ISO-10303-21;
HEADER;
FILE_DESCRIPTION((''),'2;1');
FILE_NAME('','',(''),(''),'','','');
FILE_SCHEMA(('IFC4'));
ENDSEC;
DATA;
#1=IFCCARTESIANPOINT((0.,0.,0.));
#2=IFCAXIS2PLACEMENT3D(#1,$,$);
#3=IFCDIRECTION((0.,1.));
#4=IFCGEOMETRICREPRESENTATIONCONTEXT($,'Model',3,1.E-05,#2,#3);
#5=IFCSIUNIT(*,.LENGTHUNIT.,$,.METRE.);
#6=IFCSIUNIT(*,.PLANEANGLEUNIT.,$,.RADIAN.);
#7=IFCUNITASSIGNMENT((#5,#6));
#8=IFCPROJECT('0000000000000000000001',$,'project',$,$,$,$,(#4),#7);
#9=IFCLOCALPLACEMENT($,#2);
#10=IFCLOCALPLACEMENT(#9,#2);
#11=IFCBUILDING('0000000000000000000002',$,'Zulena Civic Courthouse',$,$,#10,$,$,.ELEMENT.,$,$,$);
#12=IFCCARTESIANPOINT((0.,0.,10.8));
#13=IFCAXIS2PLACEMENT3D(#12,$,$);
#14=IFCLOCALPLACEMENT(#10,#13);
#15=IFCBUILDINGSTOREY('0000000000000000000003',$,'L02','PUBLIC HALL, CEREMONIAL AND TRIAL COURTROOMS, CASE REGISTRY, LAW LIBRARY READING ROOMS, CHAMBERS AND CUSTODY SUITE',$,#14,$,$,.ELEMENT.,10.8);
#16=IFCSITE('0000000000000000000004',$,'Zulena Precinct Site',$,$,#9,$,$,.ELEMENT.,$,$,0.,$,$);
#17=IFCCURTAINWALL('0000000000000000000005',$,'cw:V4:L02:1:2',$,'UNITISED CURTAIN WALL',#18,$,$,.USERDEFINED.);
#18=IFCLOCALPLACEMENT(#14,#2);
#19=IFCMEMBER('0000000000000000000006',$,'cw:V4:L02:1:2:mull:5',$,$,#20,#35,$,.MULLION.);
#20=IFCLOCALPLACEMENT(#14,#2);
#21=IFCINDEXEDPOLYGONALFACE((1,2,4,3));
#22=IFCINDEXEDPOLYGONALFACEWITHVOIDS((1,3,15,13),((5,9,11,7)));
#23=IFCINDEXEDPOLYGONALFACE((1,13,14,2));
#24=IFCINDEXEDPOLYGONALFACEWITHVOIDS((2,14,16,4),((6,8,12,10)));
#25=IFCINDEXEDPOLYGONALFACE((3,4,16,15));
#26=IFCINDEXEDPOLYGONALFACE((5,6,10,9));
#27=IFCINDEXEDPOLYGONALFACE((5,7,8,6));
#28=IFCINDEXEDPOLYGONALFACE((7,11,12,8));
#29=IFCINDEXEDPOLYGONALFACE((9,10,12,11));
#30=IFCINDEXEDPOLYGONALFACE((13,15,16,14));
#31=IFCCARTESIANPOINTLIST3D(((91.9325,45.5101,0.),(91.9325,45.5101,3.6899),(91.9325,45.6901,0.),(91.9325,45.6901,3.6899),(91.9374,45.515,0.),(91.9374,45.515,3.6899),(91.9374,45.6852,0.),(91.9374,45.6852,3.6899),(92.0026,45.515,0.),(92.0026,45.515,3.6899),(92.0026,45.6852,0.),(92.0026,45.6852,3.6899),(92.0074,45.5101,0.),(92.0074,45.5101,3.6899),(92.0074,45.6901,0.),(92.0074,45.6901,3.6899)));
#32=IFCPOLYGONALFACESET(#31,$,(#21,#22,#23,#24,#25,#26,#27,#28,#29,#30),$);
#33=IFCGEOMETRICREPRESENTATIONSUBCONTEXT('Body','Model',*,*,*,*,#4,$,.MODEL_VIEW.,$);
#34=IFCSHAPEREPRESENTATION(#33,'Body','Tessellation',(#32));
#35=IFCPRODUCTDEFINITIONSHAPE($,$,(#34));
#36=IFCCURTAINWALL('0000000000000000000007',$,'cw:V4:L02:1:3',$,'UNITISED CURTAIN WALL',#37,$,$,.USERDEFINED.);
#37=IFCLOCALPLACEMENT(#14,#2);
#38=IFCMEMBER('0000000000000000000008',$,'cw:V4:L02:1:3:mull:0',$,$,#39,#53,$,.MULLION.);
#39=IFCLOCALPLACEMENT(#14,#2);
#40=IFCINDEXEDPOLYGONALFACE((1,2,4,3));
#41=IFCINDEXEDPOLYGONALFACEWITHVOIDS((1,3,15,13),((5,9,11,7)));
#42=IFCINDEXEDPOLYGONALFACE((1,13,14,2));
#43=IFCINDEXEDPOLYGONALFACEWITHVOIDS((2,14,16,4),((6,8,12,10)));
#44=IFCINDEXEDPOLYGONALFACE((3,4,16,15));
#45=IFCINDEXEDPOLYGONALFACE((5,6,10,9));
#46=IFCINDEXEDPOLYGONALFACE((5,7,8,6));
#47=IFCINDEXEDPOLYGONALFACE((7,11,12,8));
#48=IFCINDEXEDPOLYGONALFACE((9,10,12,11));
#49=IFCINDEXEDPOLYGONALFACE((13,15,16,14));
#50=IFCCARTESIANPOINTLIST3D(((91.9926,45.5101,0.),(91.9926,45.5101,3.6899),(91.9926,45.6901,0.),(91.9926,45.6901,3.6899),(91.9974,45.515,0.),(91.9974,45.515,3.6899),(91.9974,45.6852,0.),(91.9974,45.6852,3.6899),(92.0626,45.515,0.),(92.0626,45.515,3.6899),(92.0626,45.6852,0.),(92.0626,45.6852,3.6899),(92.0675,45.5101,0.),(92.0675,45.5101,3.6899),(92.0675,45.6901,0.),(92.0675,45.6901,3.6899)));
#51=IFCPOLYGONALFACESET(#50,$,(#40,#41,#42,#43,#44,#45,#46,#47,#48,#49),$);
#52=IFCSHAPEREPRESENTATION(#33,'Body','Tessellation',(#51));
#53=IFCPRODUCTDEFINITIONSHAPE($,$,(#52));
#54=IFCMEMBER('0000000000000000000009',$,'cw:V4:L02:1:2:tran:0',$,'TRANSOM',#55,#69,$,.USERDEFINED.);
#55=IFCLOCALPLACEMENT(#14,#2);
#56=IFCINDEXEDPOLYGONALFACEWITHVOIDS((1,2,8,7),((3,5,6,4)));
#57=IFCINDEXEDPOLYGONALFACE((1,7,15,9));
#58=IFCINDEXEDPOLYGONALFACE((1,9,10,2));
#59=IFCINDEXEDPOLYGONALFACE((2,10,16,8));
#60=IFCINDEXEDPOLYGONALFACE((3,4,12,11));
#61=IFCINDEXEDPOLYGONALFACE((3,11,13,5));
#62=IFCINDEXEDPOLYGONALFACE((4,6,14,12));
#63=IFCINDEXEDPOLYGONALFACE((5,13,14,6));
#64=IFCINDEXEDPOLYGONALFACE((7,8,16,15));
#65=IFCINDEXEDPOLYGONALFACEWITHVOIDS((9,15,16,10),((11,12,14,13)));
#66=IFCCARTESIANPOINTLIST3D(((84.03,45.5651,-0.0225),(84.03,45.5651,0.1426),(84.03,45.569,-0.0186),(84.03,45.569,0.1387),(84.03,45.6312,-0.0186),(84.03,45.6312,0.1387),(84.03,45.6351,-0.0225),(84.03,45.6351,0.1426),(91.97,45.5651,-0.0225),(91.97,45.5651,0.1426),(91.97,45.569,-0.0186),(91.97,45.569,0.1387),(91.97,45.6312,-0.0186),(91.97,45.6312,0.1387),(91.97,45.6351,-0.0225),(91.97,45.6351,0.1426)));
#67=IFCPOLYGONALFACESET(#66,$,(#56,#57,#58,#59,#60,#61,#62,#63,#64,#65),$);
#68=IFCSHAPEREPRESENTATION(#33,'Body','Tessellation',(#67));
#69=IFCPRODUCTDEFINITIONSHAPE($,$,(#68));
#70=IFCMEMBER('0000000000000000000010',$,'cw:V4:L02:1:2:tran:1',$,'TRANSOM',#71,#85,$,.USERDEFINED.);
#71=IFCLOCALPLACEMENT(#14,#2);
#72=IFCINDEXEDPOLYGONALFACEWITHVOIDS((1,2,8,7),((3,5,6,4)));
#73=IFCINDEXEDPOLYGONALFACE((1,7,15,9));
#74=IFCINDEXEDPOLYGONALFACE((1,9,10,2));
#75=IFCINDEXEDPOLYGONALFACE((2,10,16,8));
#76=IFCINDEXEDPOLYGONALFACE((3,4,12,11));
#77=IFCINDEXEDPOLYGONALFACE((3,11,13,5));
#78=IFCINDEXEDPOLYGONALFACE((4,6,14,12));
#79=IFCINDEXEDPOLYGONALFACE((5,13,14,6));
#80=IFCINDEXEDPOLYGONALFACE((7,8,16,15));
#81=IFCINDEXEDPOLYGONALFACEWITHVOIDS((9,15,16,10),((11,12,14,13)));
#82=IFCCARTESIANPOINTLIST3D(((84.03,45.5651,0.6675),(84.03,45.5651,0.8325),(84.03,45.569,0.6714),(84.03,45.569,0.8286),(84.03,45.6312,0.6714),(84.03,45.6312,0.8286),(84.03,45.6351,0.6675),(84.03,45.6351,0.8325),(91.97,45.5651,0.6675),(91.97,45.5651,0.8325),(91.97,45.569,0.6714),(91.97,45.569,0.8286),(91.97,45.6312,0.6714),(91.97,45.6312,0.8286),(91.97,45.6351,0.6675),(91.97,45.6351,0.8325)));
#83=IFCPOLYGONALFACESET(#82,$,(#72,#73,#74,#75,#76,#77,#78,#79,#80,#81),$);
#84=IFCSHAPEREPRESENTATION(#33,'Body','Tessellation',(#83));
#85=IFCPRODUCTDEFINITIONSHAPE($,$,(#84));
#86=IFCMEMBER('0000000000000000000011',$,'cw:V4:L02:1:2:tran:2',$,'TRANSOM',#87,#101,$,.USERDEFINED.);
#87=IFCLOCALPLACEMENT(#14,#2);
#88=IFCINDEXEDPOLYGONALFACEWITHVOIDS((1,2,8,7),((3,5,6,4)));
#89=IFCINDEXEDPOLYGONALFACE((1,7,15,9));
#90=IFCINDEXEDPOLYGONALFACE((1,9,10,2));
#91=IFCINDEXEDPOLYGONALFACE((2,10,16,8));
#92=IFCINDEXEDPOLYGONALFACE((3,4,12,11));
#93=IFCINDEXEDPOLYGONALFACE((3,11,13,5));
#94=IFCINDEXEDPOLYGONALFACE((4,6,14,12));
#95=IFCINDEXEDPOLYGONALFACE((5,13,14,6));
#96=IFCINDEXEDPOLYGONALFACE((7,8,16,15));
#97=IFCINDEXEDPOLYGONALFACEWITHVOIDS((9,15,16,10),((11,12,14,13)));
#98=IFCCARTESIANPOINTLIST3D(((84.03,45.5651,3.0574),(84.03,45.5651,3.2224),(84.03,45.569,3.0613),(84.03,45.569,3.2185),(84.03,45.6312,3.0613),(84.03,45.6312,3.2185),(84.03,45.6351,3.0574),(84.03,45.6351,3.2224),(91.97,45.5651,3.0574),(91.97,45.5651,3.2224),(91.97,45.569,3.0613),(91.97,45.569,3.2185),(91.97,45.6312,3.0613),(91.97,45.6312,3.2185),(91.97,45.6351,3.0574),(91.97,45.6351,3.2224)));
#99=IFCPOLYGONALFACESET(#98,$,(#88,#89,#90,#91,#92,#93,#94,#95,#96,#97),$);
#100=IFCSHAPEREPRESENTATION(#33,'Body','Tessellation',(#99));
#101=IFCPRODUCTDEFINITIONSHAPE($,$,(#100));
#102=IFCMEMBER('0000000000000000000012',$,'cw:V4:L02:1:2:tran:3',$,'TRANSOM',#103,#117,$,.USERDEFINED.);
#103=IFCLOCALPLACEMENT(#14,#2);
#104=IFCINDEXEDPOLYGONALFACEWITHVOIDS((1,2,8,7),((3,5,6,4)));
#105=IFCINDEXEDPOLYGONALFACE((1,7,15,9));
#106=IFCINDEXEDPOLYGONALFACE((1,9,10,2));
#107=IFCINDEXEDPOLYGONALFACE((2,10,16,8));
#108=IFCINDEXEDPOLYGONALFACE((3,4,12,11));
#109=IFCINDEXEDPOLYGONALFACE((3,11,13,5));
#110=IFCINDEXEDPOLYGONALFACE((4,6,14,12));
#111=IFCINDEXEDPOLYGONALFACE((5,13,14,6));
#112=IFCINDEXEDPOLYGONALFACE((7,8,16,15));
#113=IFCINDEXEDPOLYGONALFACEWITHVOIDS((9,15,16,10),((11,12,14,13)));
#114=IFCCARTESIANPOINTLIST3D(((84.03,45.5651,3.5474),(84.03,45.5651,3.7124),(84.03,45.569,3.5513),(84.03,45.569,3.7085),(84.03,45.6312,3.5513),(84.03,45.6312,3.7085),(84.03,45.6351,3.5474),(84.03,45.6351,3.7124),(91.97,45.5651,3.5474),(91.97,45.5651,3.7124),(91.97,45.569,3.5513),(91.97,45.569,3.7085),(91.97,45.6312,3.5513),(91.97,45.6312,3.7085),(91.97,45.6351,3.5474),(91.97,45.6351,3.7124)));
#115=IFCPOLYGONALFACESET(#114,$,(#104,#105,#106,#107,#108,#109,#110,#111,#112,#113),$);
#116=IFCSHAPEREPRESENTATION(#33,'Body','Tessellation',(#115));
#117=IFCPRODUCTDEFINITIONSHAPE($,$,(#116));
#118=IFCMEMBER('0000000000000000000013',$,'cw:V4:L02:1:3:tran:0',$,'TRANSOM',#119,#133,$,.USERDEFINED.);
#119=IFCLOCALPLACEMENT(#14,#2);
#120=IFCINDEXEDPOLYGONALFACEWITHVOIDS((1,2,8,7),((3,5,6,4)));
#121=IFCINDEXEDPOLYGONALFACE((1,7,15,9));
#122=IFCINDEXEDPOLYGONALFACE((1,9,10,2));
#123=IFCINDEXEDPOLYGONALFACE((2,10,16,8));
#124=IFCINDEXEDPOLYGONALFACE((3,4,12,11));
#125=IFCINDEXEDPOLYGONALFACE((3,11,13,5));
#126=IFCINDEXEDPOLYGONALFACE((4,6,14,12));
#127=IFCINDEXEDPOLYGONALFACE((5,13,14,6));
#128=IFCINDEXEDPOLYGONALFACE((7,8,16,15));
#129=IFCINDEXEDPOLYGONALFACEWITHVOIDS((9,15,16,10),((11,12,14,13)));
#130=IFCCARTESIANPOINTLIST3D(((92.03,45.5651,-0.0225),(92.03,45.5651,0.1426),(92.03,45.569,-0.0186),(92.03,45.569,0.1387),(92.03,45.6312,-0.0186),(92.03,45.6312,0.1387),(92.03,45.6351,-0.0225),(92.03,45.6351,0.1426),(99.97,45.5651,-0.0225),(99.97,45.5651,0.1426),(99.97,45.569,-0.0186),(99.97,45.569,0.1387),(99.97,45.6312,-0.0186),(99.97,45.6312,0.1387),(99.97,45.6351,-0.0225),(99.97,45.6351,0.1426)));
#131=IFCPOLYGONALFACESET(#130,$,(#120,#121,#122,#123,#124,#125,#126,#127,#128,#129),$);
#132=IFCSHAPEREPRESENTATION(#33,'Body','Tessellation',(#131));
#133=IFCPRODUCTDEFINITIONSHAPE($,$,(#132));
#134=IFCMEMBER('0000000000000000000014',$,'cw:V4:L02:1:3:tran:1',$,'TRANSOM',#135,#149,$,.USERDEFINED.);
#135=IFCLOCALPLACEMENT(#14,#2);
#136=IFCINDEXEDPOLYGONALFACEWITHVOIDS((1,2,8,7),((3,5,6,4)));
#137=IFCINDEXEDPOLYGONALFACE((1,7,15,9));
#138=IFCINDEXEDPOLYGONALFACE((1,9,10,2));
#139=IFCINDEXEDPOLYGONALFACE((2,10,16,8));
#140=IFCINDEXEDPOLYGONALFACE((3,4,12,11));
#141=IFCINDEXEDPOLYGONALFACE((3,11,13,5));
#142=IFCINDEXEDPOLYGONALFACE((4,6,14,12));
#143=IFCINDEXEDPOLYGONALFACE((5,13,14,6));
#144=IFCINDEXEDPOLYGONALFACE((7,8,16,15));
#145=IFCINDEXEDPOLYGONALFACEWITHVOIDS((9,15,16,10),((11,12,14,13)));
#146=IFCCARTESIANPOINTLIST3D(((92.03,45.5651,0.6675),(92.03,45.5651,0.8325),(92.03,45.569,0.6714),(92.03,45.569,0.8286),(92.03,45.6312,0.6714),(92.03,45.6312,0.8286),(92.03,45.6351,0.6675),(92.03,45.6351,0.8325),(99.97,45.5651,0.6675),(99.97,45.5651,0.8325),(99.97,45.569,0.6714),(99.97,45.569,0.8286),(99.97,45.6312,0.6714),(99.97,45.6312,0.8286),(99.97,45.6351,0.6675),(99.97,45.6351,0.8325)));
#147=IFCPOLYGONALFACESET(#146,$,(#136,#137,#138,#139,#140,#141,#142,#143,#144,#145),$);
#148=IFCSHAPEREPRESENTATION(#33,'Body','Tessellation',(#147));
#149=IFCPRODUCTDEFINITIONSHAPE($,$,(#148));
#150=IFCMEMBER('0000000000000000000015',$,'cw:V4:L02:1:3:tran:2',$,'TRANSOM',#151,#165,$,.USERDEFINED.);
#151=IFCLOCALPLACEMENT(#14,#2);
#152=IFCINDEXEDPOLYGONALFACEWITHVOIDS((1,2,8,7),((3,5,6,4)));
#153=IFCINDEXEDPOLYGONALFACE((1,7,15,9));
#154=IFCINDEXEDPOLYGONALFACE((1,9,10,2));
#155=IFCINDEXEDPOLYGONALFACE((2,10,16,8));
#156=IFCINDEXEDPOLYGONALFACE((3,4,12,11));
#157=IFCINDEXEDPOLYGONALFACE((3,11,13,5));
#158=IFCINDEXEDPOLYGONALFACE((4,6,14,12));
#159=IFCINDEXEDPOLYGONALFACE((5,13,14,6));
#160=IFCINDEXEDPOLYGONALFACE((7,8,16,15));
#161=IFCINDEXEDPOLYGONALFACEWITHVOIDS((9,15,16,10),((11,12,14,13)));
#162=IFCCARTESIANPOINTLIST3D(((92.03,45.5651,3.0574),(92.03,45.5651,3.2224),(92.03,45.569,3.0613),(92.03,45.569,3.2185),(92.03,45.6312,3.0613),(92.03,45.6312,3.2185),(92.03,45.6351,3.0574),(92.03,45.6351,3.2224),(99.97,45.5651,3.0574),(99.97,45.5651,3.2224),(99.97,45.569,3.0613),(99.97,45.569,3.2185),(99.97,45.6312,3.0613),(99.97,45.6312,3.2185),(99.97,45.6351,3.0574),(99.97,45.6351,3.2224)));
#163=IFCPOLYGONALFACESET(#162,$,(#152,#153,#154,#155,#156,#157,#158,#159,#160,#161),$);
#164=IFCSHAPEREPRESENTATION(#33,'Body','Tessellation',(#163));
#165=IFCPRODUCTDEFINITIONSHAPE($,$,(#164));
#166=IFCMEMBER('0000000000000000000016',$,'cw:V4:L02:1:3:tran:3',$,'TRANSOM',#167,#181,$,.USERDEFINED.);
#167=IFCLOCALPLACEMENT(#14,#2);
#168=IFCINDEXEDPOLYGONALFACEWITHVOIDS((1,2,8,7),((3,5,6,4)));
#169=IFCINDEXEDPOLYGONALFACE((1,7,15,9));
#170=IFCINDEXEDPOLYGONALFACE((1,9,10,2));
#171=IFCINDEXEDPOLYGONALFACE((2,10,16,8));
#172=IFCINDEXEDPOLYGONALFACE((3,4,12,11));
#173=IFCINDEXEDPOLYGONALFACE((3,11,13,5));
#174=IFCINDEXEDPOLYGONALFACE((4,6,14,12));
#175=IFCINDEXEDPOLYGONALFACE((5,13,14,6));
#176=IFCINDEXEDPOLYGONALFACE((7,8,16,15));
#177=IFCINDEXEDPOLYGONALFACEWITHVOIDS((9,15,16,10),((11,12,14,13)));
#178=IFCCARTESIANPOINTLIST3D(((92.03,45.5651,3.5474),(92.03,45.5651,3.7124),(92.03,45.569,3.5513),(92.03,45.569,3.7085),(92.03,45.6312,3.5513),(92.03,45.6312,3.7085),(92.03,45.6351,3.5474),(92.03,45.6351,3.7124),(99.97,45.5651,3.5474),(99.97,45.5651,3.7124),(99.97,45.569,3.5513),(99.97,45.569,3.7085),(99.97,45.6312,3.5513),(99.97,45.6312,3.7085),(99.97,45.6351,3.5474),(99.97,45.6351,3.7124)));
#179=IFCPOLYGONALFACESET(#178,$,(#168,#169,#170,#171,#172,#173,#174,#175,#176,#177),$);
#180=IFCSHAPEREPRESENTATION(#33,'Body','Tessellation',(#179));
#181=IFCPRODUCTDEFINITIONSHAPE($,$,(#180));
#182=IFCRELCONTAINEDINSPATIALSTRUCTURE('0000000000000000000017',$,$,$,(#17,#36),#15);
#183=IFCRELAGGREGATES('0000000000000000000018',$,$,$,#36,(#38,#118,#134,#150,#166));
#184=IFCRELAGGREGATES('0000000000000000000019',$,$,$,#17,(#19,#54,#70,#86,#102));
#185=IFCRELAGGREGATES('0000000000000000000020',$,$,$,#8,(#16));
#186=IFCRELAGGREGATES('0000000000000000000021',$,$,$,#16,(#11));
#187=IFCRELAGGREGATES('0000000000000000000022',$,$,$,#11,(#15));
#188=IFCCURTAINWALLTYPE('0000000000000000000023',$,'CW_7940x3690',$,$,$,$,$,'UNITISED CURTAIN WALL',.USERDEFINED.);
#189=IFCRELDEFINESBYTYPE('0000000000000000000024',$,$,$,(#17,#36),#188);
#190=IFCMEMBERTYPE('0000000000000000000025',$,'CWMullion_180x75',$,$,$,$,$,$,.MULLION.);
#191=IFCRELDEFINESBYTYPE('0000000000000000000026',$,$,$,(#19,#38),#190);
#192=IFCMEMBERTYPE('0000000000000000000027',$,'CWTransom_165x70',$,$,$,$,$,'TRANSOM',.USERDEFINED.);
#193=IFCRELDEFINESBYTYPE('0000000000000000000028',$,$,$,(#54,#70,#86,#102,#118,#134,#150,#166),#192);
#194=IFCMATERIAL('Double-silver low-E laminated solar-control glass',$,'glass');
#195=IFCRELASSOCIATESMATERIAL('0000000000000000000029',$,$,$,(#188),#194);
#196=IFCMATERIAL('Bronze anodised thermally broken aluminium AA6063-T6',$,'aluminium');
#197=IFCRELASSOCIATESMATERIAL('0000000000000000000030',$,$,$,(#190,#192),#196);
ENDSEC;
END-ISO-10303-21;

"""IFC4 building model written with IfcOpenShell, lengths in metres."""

from ifc_helpers import new_model, si_unit, direction, frame, origin, origin_2d, place, context, subcontext, project, spatial, hollow_rectangle, extrude, material, material_profile, profile_set, type_object, element, aggregate, save


model = new_model("IFC4")

# Units and contexts
model_context = context("Model", 3, precision=1e-05, world=origin(), true_north=direction((0.0, 1.0)))
body_context = subcontext(model_context, "Body", "Model", "MODEL_VIEW")
ifc_project = project(units=[si_unit("LENGTHUNIT", "METRE"), si_unit("PLANEANGLEUNIT", "RADIAN")], contexts=[model_context])

# Site, building, storey
site_placement = place(None, origin())
site = spatial("IfcSite", under=ifc_project, at=site_placement, Name="Zulena Precinct Site", CompositionType="ELEMENT", RefElevation=0.0)
building_placement = place(site_placement, origin())
building = spatial("IfcBuilding", under=site, at=building_placement, Name="Zulena Civic Courthouse", CompositionType="ELEMENT")
storey_placement = place(building_placement, frame((0.0, 0.0, 10.8)))
storey = spatial("IfcBuildingStorey", under=building, at=storey_placement, Name="L02", Description="PUBLIC HALL, CEREMONIAL AND TRIAL COURTROOMS, CASE REGISTRY, LAW LIBRARY READING ROOMS, CHAMBERS AND CUSTODY SUITE", CompositionType="ELEMENT", Elevation=10.8)

# Curtain wall, member
ifc_material_1 = material(Name="Double-silver low-E laminated solar-control glass", Category="glass")
curtain_wall_type = type_object("IfcCurtainWallType", Name="CW_7940x3690", ElementType="UNITISED CURTAIN WALL", PredefinedType="USERDEFINED", material=ifc_material_1)
curtain_wall_1_placement = place(storey_placement, origin())
curtain_wall_1 = element("IfcCurtainWall", 1, at=curtain_wall_1_placement, inside=storey, type_object=curtain_wall_type, Name="cw:V4:L02:1:2", ObjectType="UNITISED CURTAIN WALL", PredefinedType="USERDEFINED")
ifc_material_2 = material(Name="Bronze anodised thermally broken aluminium AA6063-T6", Category="aluminium")
ifc_material_profile_1 = material_profile(ifc_material_2, hollow_rectangle(XDim=0.075, YDim=0.1799, WallThickness=0.0049, at=origin_2d()), Name="CWM180X75X5")
ifc_profile_set_1 = profile_set([ifc_material_profile_1], Name="Bronze anodised thermally broken aluminium AA6063-T6")
member_type_1 = type_object("IfcMemberType", Name="CWMullion_180x75", PredefinedType="MULLION", material=ifc_profile_set_1)
member_1_placement = place(storey_placement, frame((91.97, 45.6001, 0.0), z_axis=(0.0, 0.0, 1.0), x_axis=(1.0, 0.0, 0.0)))
member_1 = element("IfcMember", 2, at=member_1_placement, type_object=member_type_1, Name="cw:V4:L02:1:2:mull:5", PredefinedType="MULLION", context=body_context, shape_type="SweptSolid", body=[
    extrude(hollow_rectangle(XDim=0.075, YDim=0.1799, WallThickness=0.0049, at=origin_2d()), origin(), (0.0, 0.0, 1.0), 3.6899),
])

# Curtain wall, member
curtain_wall_2_placement = place(storey_placement, origin())
curtain_wall_2 = element("IfcCurtainWall", 3, at=curtain_wall_2_placement, inside=storey, type_object=curtain_wall_type, Name="cw:V4:L02:1:3", ObjectType="UNITISED CURTAIN WALL", PredefinedType="USERDEFINED")
member_2_placement = place(storey_placement, frame((92.03, 45.6001, 0.0), z_axis=(0.0, 0.0, 1.0), x_axis=(1.0, 0.0, 0.0)))
member_2 = element("IfcMember", 4, at=member_2_placement, type_object=member_type_1, Name="cw:V4:L02:1:3:mull:0", PredefinedType="MULLION", context=body_context, shape_type="SweptSolid", body=[
    extrude(hollow_rectangle(XDim=0.075, YDim=0.1799, WallThickness=0.0049, at=origin_2d()), origin(), (0.0, 0.0, 1.0), 3.6899),
])

# Members
ifc_material_profile_2 = material_profile(ifc_material_2, hollow_rectangle(XDim=0.0701, YDim=0.165, WallThickness=0.0039, at=origin_2d()), Name="CWT165X70X4")
ifc_profile_set_2 = profile_set([ifc_material_profile_2], Name="Bronze anodised thermally broken aluminium AA6063-T6")
member_type_2 = type_object("IfcMemberType", Name="CWTransom_165x70", ElementType="TRANSOM", PredefinedType="USERDEFINED", material=ifc_profile_set_2)
member_3_placement = place(storey_placement, frame((84.03, 45.6001, 0.0601), z_axis=(1.0, 0.0, 0.0), x_axis=(0.0, 1.0, 0.0)))
member_3 = element("IfcMember", 5, at=member_3_placement, type_object=member_type_2, Name="cw:V4:L02:1:2:tran:0", ObjectType="TRANSOM", PredefinedType="USERDEFINED", context=body_context, shape_type="SweptSolid", body=[
    extrude(hollow_rectangle(XDim=0.0701, YDim=0.165, WallThickness=0.0039, at=origin_2d()), origin(), (0.0, 0.0, 1.0), 7.9399),
])
member_4_placement = place(storey_placement, frame((84.03, 45.6001, 0.75), z_axis=(1.0, 0.0, 0.0), x_axis=(0.0, 1.0, 0.0)))
member_4 = element("IfcMember", 6, at=member_4_placement, type_object=member_type_2, Name="cw:V4:L02:1:2:tran:1", ObjectType="TRANSOM", PredefinedType="USERDEFINED", context=body_context, shape_type="SweptSolid", body=[
    extrude(hollow_rectangle(XDim=0.0701, YDim=0.165, WallThickness=0.0039, at=origin_2d()), origin(), (0.0, 0.0, 1.0), 7.9399),
])
member_5_placement = place(storey_placement, frame((84.03, 45.6001, 3.1399), z_axis=(1.0, 0.0, 0.0), x_axis=(0.0, 1.0, 0.0)))
member_5 = element("IfcMember", 7, at=member_5_placement, type_object=member_type_2, Name="cw:V4:L02:1:2:tran:2", ObjectType="TRANSOM", PredefinedType="USERDEFINED", context=body_context, shape_type="SweptSolid", body=[
    extrude(hollow_rectangle(XDim=0.0701, YDim=0.165, WallThickness=0.0039, at=origin_2d()), origin(), (0.0, 0.0, 1.0), 7.9399),
])
member_6_placement = place(storey_placement, frame((84.03, 45.6001, 3.6299), z_axis=(1.0, 0.0, 0.0), x_axis=(0.0, 1.0, 0.0)))
member_6 = element("IfcMember", 8, at=member_6_placement, type_object=member_type_2, Name="cw:V4:L02:1:2:tran:3", ObjectType="TRANSOM", PredefinedType="USERDEFINED", context=body_context, shape_type="SweptSolid", body=[
    extrude(hollow_rectangle(XDim=0.0701, YDim=0.165, WallThickness=0.0039, at=origin_2d()), origin(), (0.0, 0.0, 1.0), 7.9399),
])
member_7_placement = place(storey_placement, frame((92.03, 45.6001, 0.0601), z_axis=(1.0, 0.0, 0.0), x_axis=(0.0, 1.0, 0.0)))
member_7 = element("IfcMember", 9, at=member_7_placement, type_object=member_type_2, Name="cw:V4:L02:1:3:tran:0", ObjectType="TRANSOM", PredefinedType="USERDEFINED", context=body_context, shape_type="SweptSolid", body=[
    extrude(hollow_rectangle(XDim=0.0701, YDim=0.165, WallThickness=0.0039, at=origin_2d()), origin(), (0.0, 0.0, 1.0), 7.9399),
])
member_8_placement = place(storey_placement, frame((92.03, 45.6001, 0.75), z_axis=(1.0, 0.0, 0.0), x_axis=(0.0, 1.0, 0.0)))
member_8 = element("IfcMember", 10, at=member_8_placement, type_object=member_type_2, Name="cw:V4:L02:1:3:tran:1", ObjectType="TRANSOM", PredefinedType="USERDEFINED", context=body_context, shape_type="SweptSolid", body=[
    extrude(hollow_rectangle(XDim=0.0701, YDim=0.165, WallThickness=0.0039, at=origin_2d()), origin(), (0.0, 0.0, 1.0), 7.9399),
])
member_9_placement = place(storey_placement, frame((92.03, 45.6001, 3.1399), z_axis=(1.0, 0.0, 0.0), x_axis=(0.0, 1.0, 0.0)))
member_9 = element("IfcMember", 11, at=member_9_placement, type_object=member_type_2, Name="cw:V4:L02:1:3:tran:2", ObjectType="TRANSOM", PredefinedType="USERDEFINED", context=body_context, shape_type="SweptSolid", body=[
    extrude(hollow_rectangle(XDim=0.0701, YDim=0.165, WallThickness=0.0039, at=origin_2d()), origin(), (0.0, 0.0, 1.0), 7.9399),
])
member_10_placement = place(storey_placement, frame((92.03, 45.6001, 3.6299), z_axis=(1.0, 0.0, 0.0), x_axis=(0.0, 1.0, 0.0)))
member_10 = element("IfcMember", 12, at=member_10_placement, type_object=member_type_2, Name="cw:V4:L02:1:3:tran:3", ObjectType="TRANSOM", PredefinedType="USERDEFINED", context=body_context, shape_type="SweptSolid", body=[
    extrude(hollow_rectangle(XDim=0.0701, YDim=0.165, WallThickness=0.0039, at=origin_2d()), origin(), (0.0, 0.0, 1.0), 7.9399),
])
aggregate(curtain_wall_2, [member_2, member_7, member_8, member_9, member_10])

aggregate(curtain_wall_1, [member_1, member_3, member_4, member_5, member_6])

save(model, "model.ifc")
